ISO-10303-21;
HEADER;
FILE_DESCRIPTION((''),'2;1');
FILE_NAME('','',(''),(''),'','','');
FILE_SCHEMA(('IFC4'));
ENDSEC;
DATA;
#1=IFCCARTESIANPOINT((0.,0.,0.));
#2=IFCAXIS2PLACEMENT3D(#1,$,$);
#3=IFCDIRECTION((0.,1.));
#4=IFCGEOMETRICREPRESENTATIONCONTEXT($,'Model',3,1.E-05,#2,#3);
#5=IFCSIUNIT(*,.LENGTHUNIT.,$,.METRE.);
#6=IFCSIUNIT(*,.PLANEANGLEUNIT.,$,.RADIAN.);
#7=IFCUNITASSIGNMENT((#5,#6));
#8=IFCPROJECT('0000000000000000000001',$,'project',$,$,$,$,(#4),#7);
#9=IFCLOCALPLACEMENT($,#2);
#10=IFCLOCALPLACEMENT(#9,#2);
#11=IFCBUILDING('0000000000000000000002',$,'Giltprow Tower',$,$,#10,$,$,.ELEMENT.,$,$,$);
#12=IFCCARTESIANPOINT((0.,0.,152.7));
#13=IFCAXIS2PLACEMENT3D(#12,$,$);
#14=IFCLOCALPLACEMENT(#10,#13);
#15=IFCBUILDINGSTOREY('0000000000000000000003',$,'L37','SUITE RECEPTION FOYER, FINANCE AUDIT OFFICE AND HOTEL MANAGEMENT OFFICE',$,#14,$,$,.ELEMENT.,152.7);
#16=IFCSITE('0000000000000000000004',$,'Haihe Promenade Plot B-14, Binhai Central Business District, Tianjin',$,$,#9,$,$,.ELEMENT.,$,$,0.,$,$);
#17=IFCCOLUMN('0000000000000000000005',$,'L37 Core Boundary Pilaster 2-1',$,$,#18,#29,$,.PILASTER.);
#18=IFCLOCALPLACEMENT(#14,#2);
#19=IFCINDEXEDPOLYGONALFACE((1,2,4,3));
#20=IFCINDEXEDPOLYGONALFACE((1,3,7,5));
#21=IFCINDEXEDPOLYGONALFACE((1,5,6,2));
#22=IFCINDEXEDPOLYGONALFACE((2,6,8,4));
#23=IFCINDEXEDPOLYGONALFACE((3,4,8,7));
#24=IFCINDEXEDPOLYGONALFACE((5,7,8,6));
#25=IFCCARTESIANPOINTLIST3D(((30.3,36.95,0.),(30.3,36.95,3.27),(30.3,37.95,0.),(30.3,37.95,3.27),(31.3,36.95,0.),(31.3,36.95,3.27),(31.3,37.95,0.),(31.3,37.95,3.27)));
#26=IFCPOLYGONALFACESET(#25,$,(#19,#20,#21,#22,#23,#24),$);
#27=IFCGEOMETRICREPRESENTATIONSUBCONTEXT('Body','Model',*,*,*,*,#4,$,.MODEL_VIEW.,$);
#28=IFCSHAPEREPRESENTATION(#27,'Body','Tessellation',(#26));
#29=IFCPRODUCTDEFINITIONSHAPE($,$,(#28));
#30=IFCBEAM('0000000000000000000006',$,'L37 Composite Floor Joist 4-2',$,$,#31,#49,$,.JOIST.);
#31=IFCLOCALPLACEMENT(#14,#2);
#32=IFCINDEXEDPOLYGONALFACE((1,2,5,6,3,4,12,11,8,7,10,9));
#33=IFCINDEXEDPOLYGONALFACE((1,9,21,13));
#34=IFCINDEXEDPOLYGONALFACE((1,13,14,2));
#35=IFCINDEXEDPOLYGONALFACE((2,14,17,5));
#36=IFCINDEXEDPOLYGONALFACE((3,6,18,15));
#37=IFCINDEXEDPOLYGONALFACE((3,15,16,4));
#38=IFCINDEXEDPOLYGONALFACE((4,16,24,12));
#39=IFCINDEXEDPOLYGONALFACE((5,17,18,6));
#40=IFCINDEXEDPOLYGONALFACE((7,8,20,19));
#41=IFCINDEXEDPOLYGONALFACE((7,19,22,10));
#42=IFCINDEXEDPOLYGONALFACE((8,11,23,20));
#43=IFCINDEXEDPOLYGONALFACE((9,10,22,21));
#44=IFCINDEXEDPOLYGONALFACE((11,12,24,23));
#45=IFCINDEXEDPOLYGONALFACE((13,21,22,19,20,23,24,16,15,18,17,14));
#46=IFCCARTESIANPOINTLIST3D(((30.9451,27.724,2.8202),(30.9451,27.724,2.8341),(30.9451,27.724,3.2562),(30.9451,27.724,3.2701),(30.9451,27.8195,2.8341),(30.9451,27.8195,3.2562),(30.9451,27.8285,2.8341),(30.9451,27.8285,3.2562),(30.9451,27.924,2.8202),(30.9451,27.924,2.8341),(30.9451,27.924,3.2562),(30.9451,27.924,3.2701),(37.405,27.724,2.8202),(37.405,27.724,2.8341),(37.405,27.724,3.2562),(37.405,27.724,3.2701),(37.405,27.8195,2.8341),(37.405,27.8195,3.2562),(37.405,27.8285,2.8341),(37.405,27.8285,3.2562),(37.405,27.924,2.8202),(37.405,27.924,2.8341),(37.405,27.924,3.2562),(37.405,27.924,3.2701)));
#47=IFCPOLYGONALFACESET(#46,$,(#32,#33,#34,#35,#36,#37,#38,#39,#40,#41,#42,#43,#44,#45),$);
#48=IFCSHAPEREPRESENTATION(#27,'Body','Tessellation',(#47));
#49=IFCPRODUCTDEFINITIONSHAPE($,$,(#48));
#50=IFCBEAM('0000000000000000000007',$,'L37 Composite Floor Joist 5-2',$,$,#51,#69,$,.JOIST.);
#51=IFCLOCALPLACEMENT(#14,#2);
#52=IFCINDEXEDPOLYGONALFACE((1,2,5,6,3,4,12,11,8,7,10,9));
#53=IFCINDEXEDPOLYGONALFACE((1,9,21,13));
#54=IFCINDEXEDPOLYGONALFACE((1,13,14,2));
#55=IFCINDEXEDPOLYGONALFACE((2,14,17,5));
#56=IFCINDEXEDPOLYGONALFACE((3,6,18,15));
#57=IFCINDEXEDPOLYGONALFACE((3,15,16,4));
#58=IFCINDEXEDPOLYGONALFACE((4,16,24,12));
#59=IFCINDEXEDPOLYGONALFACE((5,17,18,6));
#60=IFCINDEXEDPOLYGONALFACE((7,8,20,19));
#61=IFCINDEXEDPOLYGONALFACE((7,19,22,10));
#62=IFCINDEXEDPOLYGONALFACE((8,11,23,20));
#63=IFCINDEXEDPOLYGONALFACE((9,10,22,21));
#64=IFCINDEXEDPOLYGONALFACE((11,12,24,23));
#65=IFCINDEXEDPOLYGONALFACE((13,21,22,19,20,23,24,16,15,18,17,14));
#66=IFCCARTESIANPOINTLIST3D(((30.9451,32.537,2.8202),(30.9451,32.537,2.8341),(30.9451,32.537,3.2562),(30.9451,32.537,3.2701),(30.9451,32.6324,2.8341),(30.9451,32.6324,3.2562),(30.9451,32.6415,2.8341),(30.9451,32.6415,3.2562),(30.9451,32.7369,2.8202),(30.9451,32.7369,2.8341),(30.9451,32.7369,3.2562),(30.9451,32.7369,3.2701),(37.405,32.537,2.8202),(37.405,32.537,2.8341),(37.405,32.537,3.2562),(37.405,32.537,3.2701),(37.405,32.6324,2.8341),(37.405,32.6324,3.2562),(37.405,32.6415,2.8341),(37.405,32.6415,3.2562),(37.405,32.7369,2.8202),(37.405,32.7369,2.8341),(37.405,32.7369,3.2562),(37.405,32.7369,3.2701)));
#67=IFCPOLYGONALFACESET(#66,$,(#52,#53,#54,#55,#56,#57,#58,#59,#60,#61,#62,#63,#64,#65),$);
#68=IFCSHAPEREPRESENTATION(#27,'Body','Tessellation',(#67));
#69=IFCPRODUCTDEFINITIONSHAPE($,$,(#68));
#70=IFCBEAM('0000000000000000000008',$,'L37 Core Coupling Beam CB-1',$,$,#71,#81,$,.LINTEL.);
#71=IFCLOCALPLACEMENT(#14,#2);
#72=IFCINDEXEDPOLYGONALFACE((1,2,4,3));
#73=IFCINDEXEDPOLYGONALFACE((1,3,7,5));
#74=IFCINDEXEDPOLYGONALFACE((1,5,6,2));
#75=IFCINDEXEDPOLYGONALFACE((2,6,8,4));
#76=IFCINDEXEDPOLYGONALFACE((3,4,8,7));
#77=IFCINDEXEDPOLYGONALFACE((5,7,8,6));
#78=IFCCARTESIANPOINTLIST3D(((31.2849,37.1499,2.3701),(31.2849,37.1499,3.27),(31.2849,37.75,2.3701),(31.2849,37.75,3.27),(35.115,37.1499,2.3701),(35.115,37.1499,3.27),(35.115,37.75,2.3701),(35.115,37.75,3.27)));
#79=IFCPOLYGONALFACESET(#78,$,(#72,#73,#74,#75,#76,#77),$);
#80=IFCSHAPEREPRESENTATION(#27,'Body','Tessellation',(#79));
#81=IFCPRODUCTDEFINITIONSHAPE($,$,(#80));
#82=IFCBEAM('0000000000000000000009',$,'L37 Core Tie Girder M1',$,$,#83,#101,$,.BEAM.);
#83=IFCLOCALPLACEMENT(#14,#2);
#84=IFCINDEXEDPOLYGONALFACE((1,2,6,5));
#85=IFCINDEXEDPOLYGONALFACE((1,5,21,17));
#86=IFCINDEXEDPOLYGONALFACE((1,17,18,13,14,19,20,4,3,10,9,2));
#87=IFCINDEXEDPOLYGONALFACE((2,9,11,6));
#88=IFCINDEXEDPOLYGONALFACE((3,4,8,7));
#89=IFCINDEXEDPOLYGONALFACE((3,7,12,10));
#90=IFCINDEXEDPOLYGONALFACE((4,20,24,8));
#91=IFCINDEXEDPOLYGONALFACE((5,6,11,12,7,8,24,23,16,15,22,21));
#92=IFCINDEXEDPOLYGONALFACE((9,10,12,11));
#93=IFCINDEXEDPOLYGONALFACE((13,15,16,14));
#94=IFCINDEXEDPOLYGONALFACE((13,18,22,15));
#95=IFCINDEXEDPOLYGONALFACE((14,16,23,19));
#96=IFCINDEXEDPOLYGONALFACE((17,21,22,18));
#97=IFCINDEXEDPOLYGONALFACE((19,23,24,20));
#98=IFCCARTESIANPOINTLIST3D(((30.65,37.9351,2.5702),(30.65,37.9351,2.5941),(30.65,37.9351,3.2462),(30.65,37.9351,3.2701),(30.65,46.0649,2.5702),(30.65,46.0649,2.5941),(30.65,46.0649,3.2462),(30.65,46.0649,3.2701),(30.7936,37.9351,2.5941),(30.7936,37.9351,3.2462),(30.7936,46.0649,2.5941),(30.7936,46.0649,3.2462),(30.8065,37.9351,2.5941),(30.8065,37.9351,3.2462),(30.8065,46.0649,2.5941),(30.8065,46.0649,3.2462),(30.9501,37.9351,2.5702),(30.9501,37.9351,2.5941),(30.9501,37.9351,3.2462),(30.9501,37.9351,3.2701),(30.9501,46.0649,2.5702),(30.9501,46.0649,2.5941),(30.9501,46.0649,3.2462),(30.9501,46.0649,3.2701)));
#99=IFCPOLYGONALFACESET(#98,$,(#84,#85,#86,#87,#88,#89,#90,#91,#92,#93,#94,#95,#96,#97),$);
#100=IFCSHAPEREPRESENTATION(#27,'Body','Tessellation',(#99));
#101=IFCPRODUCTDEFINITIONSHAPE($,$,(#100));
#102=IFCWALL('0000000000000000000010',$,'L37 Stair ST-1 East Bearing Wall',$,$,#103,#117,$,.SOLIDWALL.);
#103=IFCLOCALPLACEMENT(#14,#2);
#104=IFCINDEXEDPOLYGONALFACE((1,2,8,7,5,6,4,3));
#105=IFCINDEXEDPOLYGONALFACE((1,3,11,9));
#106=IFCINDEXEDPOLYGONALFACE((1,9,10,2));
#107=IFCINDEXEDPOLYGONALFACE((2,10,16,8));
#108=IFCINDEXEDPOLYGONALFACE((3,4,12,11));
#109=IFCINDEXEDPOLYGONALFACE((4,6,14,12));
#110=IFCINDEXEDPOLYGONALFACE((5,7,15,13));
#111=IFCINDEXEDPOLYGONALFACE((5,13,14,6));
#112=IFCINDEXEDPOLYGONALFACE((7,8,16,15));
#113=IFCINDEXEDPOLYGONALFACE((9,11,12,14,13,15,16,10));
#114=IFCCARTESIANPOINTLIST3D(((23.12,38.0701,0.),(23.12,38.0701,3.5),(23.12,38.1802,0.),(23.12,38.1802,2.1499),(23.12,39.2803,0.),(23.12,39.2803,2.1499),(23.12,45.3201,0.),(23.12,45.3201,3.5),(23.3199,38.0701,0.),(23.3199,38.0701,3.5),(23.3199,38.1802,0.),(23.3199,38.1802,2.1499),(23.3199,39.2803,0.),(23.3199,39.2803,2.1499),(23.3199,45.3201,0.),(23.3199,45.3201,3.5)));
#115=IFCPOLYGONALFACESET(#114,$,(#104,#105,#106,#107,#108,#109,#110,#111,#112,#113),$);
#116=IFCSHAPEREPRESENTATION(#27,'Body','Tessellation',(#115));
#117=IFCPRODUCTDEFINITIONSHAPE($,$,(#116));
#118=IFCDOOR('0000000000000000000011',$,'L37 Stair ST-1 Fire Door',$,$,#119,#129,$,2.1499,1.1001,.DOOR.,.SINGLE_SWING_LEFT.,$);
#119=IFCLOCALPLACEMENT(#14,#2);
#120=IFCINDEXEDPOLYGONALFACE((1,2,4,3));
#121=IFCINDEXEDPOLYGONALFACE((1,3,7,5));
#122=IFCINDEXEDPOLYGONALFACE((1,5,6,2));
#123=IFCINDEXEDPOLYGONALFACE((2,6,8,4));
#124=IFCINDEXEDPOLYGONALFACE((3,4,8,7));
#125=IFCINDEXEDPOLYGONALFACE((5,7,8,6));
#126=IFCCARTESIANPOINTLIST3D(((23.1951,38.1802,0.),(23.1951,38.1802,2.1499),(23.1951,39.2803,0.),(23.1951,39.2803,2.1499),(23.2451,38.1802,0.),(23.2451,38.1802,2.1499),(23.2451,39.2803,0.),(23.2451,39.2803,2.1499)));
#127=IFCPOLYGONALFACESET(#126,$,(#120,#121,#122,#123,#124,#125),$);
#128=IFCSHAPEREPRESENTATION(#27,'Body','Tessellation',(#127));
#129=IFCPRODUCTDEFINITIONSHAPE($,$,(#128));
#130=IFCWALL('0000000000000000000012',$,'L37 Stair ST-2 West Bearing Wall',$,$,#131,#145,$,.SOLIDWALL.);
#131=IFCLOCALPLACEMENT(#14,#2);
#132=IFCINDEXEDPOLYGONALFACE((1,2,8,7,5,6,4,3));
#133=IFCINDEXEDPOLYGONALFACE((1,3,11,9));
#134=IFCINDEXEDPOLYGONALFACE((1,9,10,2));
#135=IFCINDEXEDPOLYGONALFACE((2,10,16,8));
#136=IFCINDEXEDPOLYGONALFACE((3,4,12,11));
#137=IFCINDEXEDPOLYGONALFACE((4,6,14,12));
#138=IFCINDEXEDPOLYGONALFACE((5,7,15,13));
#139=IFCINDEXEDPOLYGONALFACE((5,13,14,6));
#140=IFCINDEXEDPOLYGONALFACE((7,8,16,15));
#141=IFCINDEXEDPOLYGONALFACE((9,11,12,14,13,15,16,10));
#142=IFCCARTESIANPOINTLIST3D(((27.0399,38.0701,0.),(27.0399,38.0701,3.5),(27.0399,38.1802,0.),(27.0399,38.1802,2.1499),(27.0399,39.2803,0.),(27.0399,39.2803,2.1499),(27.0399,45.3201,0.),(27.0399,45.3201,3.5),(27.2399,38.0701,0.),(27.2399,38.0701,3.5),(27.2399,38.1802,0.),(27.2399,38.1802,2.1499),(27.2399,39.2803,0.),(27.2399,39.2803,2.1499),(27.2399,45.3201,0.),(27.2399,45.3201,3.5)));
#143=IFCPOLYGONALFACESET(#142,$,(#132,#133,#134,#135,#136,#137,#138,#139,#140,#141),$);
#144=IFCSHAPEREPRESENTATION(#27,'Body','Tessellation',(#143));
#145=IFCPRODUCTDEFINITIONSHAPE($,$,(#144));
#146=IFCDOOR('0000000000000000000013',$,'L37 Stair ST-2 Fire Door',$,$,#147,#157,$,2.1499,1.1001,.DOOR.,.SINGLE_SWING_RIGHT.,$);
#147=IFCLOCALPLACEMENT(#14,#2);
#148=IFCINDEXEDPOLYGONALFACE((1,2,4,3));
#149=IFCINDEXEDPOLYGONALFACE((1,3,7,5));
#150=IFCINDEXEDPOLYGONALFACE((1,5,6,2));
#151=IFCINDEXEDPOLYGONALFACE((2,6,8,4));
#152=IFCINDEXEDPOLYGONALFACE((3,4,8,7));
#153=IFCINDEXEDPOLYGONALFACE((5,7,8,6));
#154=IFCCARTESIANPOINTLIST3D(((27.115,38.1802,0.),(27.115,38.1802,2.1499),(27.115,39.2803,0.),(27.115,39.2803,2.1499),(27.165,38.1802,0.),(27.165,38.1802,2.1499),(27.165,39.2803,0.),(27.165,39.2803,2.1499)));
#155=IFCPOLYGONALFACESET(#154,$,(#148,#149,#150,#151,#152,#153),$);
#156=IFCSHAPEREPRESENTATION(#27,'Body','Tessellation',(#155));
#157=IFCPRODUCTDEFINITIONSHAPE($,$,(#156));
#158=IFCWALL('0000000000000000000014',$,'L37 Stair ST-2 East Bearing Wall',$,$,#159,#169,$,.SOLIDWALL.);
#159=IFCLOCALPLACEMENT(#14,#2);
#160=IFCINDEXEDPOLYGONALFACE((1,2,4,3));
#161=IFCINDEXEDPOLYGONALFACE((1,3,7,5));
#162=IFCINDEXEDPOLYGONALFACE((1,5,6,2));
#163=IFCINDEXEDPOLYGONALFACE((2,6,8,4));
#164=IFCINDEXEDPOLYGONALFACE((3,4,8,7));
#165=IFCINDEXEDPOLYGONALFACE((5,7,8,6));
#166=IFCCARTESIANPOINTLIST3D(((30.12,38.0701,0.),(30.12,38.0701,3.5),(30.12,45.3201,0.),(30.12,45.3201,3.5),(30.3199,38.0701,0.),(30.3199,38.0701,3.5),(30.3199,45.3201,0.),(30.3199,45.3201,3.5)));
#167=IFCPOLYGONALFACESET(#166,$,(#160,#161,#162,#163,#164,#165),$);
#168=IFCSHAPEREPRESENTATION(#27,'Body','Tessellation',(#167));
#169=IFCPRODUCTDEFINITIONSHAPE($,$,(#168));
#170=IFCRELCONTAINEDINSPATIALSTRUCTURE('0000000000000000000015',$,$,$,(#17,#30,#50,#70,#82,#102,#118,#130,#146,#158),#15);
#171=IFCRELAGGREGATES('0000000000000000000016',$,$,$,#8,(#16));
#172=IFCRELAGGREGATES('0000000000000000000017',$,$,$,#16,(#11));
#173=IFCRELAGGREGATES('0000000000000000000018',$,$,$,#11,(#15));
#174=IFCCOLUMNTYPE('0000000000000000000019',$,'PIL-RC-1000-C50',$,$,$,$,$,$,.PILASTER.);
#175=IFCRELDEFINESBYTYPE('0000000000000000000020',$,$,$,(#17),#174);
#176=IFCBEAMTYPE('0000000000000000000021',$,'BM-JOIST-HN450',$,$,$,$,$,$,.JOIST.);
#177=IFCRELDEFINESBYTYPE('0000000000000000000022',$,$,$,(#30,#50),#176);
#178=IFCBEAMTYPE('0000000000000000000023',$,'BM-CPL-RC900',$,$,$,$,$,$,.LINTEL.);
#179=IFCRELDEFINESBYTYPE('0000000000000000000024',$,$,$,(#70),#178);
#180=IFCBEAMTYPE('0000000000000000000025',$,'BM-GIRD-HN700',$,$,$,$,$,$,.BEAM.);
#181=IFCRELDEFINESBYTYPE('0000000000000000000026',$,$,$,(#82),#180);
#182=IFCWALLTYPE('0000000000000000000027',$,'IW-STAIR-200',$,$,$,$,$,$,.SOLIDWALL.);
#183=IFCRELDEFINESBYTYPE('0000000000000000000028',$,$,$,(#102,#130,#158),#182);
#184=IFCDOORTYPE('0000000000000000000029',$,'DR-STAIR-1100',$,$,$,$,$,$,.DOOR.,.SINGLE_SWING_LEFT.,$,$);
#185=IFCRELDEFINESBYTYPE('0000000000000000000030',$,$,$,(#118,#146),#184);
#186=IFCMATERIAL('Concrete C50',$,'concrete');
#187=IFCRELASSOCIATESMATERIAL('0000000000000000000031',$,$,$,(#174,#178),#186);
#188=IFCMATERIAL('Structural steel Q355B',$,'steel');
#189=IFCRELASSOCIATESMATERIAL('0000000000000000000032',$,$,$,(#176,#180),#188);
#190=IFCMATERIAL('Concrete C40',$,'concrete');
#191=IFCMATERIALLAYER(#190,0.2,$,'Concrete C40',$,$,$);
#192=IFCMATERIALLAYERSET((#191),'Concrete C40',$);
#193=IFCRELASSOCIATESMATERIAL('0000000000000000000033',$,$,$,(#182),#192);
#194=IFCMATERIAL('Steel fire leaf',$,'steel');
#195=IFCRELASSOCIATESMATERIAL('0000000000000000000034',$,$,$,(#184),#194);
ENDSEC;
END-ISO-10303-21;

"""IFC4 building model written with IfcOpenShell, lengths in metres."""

from ifc_helpers import new_model, si_unit, direction, frame, frame_2d, origin, origin_2d, place, context, subcontext, project, spatial, rectangle, i_section, extrude, source, transform, mapped, material, layer, layer_set, material_profile, profile_set, type_object, element, fill, save


model = new_model("IFC4")

# Units and contexts
model_context = context("Model", 3, precision=1e-05, world=origin(), true_north=direction((0.0, 1.0)))
body_context = subcontext(model_context, "Body", "Model", "MODEL_VIEW")
ifc_project = project(units=[si_unit("LENGTHUNIT", "METRE"), si_unit("PLANEANGLEUNIT", "RADIAN")], contexts=[model_context])

# Site, building, storey
site_placement = place(None, origin())
site = spatial("IfcSite", under=ifc_project, at=site_placement, Name="Haihe Promenade Plot B-14, Binhai Central Business District, Tianjin", CompositionType="ELEMENT", RefElevation=0.0)
building_placement = place(site_placement, origin())
building = spatial("IfcBuilding", under=site, at=building_placement, Name="Giltprow Tower", CompositionType="ELEMENT")
storey_placement = place(building_placement, frame((0.0, 0.0, 152.7)))
storey = spatial("IfcBuildingStorey", under=building, at=storey_placement, Name="L37", Description="SUITE RECEPTION FOYER, FINANCE AUDIT OFFICE AND HOTEL MANAGEMENT OFFICE", CompositionType="ELEMENT", Elevation=152.7)

# Column
ifc_material_1 = material(Name="Concrete C50", Category="concrete")
ifc_material_profile_1 = material_profile(ifc_material_1, rectangle(XDim=1.0, YDim=1.0, at=origin_2d()), Name="RC 1000x1000")
ifc_profile_set_1 = profile_set([ifc_material_profile_1], Name="Concrete C50")
column_type = type_object("IfcColumnType", Name="PIL-RC-1000-C50", PredefinedType="PILASTER", material=ifc_profile_set_1)
shared_shape_1 = source(origin(), body_context, "Body", "SweptSolid", [
    extrude(rectangle(XDim=1.0, YDim=1.0, at=origin_2d()), origin(), (0.0, 0.0, 1.0), 3.27),
])
column_placement = place(storey_placement, frame((30.8, 37.45, 0.0), z_axis=(0.0, 0.0, 1.0), x_axis=(1.0, 0.0, 0.0)))
element("IfcColumn", 1, at=column_placement, inside=storey, type_object=column_type, Name="L37 Core Boundary Pilaster 2-1", PredefinedType="PILASTER", context=body_context, shape_type="MappedRepresentation", body=[
    mapped(shared_shape_1, transform((0.0, 0.0, 0.0), x_axis=(1.0, 0.0, 0.0), y_axis=(0.0, 1.0, 0.0), z_axis=(0.0, 0.0, 1.0), scale=1.0)),
])

# Beams
ifc_material_2 = material(Name="Structural steel Q355B", Category="steel")
ifc_material_profile_2 = material_profile(ifc_material_2, i_section(OverallWidth=0.2, OverallDepth=0.45, WebThickness=0.009, FlangeThickness=0.0139, at=origin_2d()), Name="HN 450x200x9x14")
ifc_profile_set_2 = profile_set([ifc_material_profile_2], Name="Structural steel Q355B")
beam_type_1 = type_object("IfcBeamType", Name="BM-JOIST-HN450", PredefinedType="JOIST", material=ifc_profile_set_2)
shared_shape_2 = source(origin(), body_context, "Body", "SweptSolid", [
    extrude(i_section(OverallWidth=0.2, OverallDepth=0.45, WebThickness=0.009, FlangeThickness=0.0139, at=origin_2d()), origin(), (0.0, 0.0, 1.0), 6.46),
])
for number, where, z_axis, x_axis, name in (
    (2, (30.9451, 27.824, 3.0452), (1.0, 0.0, 0.0), (0.0, 1.0, 0.0), "L37 Composite Floor Joist 4-2"),
    (3, (30.9451, 32.637, 3.0452), (1.0, 0.0, 0.0), (0.0, 1.0, 0.0), "L37 Composite Floor Joist 5-2"),
):
    element("IfcBeam", number, at=place(storey_placement, frame(where, z_axis=z_axis, x_axis=x_axis)), inside=storey, type_object=beam_type_1, Name=name, PredefinedType="JOIST", context=body_context, shape_type="MappedRepresentation", body=[
        mapped(shared_shape_2, transform((0.0, 0.0, 0.0), x_axis=(1.0, 0.0, 0.0), y_axis=(0.0, 1.0, 0.0), z_axis=(0.0, 0.0, 1.0), scale=1.0)),
    ])
ifc_material_profile_3 = material_profile(ifc_material_1, rectangle(XDim=0.6001, YDim=0.8999, at=origin_2d()), Name="RC 900x600")
ifc_profile_set_3 = profile_set([ifc_material_profile_3], Name="Concrete C50")
beam_type_2 = type_object("IfcBeamType", Name="BM-CPL-RC900", PredefinedType="LINTEL", material=ifc_profile_set_3)
shared_shape_3 = source(origin(), body_context, "Body", "SweptSolid", [
    extrude(rectangle(XDim=0.6001, YDim=0.8999, at=origin_2d()), origin(), (0.0, 0.0, 1.0), 3.8301),
])
beam_1_placement = place(storey_placement, frame((31.2849, 37.45, 2.8201), z_axis=(1.0, 0.0, 0.0), x_axis=(0.0, 1.0, 0.0)))
element("IfcBeam", 4, at=beam_1_placement, inside=storey, type_object=beam_type_2, Name="L37 Core Coupling Beam CB-1", PredefinedType="LINTEL", context=body_context, shape_type="MappedRepresentation", body=[
    mapped(shared_shape_3, transform((0.0, 0.0, 0.0), x_axis=(1.0, 0.0, 0.0), y_axis=(0.0, 1.0, 0.0), z_axis=(0.0, 0.0, 1.0), scale=1.0)),
])
ifc_material_profile_4 = material_profile(ifc_material_2, i_section(OverallWidth=0.3, OverallDepth=0.7, WebThickness=0.0129, FlangeThickness=0.0239, at=origin_2d()), Name="HN 700x300x13x24")
ifc_profile_set_4 = profile_set([ifc_material_profile_4], Name="Structural steel Q355B")
beam_type_3 = type_object("IfcBeamType", Name="BM-GIRD-HN700", PredefinedType="BEAM", material=ifc_profile_set_4)
shared_shape_4 = source(origin(), body_context, "Body", "SweptSolid", [
    extrude(i_section(OverallWidth=0.3, OverallDepth=0.7, WebThickness=0.0129, FlangeThickness=0.0239, at=origin_2d()), origin(), (0.0, 0.0, 1.0), 8.1299),
])
beam_2_placement = place(storey_placement, frame((30.8, 37.9351, 2.9202), z_axis=(0.0, 1.0, 0.0), x_axis=(-1.0, 0.0, 0.0)))
element("IfcBeam", 5, at=beam_2_placement, inside=storey, type_object=beam_type_3, Name="L37 Core Tie Girder M1", PredefinedType="BEAM", context=body_context, shape_type="MappedRepresentation", body=[
    mapped(shared_shape_4, transform((0.0, 0.0, 0.0), x_axis=(1.0, 0.0, 0.0), y_axis=(0.0, 1.0, 0.0), z_axis=(0.0, 0.0, 1.0), scale=1.0)),
])

# Walls, openings, doors
ifc_material_3 = material(Name="Concrete C40", Category="concrete")
ifc_layer_1 = layer(ifc_material_3, 0.2, Name="Concrete C40")
ifc_layer_set_1 = layer_set([ifc_layer_1], Name="Concrete C40")
wall_type_1 = type_object("IfcWallType", Name="IW-STAIR-200", PredefinedType="SOLIDWALL", material=ifc_layer_set_1)
wall_1_placement = place(storey_placement, frame((23.22, 38.0701, 0.0), z_axis=(0.0, 0.0, 1.0), x_axis=(0.0, 1.0, 0.0)))
wall_1 = element("IfcWall", 6, at=wall_1_placement, inside=storey, type_object=wall_type_1, Name="L37 Stair ST-1 East Bearing Wall", PredefinedType="SOLIDWALL", context=body_context, shape_type="SweptSolid", body=[
    extrude(rectangle(XDim=7.25, YDim=0.2, at=frame_2d((3.625, 0.0))), origin(), (0.0, 0.0, 1.0), 3.5),
])
opening_1_placement = place(wall_1_placement, frame((0.1101, 0.0, 0.0)))
opening_1 = element("IfcOpeningElement", 7, at=opening_1_placement, cuts=wall_1, PredefinedType="OPENING", context=body_context, shape_type="SweptSolid", body=[
    extrude(rectangle(XDim=1.1001, YDim=2.1499, at=frame_2d((0.55, 1.075))), frame((0.0, 0.1099, 0.0), z_axis=(0.0, -1.0, 0.0), x_axis=(1.0, 0.0, 0.0)), (0.0, 0.0, 1.0), 0.22),
])
ifc_material_4 = material(Name="Steel fire leaf", Category="steel")
door_type = type_object("IfcDoorType", Name="DR-STAIR-1100", OperationType="SINGLE_SWING_LEFT", PredefinedType="DOOR", material=ifc_material_4)
shared_shape_5 = source(origin(), body_context, "Body", "SweptSolid", [
    extrude(rectangle(XDim=1.1001, YDim=2.1499, at=frame_2d((0.55, 1.075))), frame((0.0, 0.0249, 0.0), z_axis=(0.0, -1.0, 0.0), x_axis=(1.0, 0.0, 0.0)), (0.0, 0.0, 1.0), 0.05),
])
door_1_placement = place(opening_1_placement, origin())
door_1 = element("IfcDoor", 8, at=door_1_placement, inside=storey, type_object=door_type, Name="L37 Stair ST-1 Fire Door", OperationType="SINGLE_SWING_LEFT", OverallHeight=2.1499, OverallWidth=1.1001, PredefinedType="DOOR", context=body_context, shape_type="MappedRepresentation", body=[
    mapped(shared_shape_5, transform((0.0, 0.0, 0.0), x_axis=(1.0, 0.0, 0.0), y_axis=(0.0, 1.0, 0.0), z_axis=(0.0, 0.0, 1.0), scale=1.0)),
])
fill(opening_1, door_1)
wall_2_placement = place(storey_placement, frame((27.1399, 38.0701, 0.0), z_axis=(0.0, 0.0, 1.0), x_axis=(0.0, 1.0, 0.0)))
wall_2 = element("IfcWall", 9, at=wall_2_placement, inside=storey, type_object=wall_type_1, Name="L37 Stair ST-2 West Bearing Wall", PredefinedType="SOLIDWALL", context=body_context, shape_type="SweptSolid", body=[
    extrude(rectangle(XDim=7.25, YDim=0.2, at=frame_2d((3.625, 0.0))), origin(), (0.0, 0.0, 1.0), 3.5),
])
opening_2_placement = place(wall_2_placement, frame((0.1101, 0.0, 0.0)))
opening_2 = element("IfcOpeningElement", 10, at=opening_2_placement, cuts=wall_2, PredefinedType="OPENING", context=body_context, shape_type="SweptSolid", body=[
    extrude(rectangle(XDim=1.1001, YDim=2.1499, at=frame_2d((0.55, 1.075))), frame((0.0, 0.1099, 0.0), z_axis=(0.0, -1.0, 0.0), x_axis=(1.0, 0.0, 0.0)), (0.0, 0.0, 1.0), 0.22),
])
door_2_placement = place(opening_2_placement, origin())
door_2 = element("IfcDoor", 11, at=door_2_placement, inside=storey, type_object=door_type, Name="L37 Stair ST-2 Fire Door", OperationType="SINGLE_SWING_RIGHT", OverallHeight=2.1499, OverallWidth=1.1001, PredefinedType="DOOR", context=body_context, shape_type="MappedRepresentation", body=[
    mapped(shared_shape_5, transform((0.0, 0.0, 0.0), x_axis=(1.0, 0.0, 0.0), y_axis=(0.0, 1.0, 0.0), z_axis=(0.0, 0.0, 1.0), scale=1.0)),
])
fill(opening_2, door_2)

# Wall
wall_3_placement = place(storey_placement, frame((30.22, 38.0701, 0.0), z_axis=(0.0, 0.0, 1.0), x_axis=(0.0, 1.0, 0.0)))
element("IfcWall", 12, at=wall_3_placement, inside=storey, type_object=wall_type_1, Name="L37 Stair ST-2 East Bearing Wall", PredefinedType="SOLIDWALL", context=body_context, shape_type="SweptSolid", body=[
    extrude(rectangle(XDim=7.25, YDim=0.2, at=frame_2d((3.625, 0.0))), origin(), (0.0, 0.0, 1.0), 3.5),
])

save(model, "model.ifc")
